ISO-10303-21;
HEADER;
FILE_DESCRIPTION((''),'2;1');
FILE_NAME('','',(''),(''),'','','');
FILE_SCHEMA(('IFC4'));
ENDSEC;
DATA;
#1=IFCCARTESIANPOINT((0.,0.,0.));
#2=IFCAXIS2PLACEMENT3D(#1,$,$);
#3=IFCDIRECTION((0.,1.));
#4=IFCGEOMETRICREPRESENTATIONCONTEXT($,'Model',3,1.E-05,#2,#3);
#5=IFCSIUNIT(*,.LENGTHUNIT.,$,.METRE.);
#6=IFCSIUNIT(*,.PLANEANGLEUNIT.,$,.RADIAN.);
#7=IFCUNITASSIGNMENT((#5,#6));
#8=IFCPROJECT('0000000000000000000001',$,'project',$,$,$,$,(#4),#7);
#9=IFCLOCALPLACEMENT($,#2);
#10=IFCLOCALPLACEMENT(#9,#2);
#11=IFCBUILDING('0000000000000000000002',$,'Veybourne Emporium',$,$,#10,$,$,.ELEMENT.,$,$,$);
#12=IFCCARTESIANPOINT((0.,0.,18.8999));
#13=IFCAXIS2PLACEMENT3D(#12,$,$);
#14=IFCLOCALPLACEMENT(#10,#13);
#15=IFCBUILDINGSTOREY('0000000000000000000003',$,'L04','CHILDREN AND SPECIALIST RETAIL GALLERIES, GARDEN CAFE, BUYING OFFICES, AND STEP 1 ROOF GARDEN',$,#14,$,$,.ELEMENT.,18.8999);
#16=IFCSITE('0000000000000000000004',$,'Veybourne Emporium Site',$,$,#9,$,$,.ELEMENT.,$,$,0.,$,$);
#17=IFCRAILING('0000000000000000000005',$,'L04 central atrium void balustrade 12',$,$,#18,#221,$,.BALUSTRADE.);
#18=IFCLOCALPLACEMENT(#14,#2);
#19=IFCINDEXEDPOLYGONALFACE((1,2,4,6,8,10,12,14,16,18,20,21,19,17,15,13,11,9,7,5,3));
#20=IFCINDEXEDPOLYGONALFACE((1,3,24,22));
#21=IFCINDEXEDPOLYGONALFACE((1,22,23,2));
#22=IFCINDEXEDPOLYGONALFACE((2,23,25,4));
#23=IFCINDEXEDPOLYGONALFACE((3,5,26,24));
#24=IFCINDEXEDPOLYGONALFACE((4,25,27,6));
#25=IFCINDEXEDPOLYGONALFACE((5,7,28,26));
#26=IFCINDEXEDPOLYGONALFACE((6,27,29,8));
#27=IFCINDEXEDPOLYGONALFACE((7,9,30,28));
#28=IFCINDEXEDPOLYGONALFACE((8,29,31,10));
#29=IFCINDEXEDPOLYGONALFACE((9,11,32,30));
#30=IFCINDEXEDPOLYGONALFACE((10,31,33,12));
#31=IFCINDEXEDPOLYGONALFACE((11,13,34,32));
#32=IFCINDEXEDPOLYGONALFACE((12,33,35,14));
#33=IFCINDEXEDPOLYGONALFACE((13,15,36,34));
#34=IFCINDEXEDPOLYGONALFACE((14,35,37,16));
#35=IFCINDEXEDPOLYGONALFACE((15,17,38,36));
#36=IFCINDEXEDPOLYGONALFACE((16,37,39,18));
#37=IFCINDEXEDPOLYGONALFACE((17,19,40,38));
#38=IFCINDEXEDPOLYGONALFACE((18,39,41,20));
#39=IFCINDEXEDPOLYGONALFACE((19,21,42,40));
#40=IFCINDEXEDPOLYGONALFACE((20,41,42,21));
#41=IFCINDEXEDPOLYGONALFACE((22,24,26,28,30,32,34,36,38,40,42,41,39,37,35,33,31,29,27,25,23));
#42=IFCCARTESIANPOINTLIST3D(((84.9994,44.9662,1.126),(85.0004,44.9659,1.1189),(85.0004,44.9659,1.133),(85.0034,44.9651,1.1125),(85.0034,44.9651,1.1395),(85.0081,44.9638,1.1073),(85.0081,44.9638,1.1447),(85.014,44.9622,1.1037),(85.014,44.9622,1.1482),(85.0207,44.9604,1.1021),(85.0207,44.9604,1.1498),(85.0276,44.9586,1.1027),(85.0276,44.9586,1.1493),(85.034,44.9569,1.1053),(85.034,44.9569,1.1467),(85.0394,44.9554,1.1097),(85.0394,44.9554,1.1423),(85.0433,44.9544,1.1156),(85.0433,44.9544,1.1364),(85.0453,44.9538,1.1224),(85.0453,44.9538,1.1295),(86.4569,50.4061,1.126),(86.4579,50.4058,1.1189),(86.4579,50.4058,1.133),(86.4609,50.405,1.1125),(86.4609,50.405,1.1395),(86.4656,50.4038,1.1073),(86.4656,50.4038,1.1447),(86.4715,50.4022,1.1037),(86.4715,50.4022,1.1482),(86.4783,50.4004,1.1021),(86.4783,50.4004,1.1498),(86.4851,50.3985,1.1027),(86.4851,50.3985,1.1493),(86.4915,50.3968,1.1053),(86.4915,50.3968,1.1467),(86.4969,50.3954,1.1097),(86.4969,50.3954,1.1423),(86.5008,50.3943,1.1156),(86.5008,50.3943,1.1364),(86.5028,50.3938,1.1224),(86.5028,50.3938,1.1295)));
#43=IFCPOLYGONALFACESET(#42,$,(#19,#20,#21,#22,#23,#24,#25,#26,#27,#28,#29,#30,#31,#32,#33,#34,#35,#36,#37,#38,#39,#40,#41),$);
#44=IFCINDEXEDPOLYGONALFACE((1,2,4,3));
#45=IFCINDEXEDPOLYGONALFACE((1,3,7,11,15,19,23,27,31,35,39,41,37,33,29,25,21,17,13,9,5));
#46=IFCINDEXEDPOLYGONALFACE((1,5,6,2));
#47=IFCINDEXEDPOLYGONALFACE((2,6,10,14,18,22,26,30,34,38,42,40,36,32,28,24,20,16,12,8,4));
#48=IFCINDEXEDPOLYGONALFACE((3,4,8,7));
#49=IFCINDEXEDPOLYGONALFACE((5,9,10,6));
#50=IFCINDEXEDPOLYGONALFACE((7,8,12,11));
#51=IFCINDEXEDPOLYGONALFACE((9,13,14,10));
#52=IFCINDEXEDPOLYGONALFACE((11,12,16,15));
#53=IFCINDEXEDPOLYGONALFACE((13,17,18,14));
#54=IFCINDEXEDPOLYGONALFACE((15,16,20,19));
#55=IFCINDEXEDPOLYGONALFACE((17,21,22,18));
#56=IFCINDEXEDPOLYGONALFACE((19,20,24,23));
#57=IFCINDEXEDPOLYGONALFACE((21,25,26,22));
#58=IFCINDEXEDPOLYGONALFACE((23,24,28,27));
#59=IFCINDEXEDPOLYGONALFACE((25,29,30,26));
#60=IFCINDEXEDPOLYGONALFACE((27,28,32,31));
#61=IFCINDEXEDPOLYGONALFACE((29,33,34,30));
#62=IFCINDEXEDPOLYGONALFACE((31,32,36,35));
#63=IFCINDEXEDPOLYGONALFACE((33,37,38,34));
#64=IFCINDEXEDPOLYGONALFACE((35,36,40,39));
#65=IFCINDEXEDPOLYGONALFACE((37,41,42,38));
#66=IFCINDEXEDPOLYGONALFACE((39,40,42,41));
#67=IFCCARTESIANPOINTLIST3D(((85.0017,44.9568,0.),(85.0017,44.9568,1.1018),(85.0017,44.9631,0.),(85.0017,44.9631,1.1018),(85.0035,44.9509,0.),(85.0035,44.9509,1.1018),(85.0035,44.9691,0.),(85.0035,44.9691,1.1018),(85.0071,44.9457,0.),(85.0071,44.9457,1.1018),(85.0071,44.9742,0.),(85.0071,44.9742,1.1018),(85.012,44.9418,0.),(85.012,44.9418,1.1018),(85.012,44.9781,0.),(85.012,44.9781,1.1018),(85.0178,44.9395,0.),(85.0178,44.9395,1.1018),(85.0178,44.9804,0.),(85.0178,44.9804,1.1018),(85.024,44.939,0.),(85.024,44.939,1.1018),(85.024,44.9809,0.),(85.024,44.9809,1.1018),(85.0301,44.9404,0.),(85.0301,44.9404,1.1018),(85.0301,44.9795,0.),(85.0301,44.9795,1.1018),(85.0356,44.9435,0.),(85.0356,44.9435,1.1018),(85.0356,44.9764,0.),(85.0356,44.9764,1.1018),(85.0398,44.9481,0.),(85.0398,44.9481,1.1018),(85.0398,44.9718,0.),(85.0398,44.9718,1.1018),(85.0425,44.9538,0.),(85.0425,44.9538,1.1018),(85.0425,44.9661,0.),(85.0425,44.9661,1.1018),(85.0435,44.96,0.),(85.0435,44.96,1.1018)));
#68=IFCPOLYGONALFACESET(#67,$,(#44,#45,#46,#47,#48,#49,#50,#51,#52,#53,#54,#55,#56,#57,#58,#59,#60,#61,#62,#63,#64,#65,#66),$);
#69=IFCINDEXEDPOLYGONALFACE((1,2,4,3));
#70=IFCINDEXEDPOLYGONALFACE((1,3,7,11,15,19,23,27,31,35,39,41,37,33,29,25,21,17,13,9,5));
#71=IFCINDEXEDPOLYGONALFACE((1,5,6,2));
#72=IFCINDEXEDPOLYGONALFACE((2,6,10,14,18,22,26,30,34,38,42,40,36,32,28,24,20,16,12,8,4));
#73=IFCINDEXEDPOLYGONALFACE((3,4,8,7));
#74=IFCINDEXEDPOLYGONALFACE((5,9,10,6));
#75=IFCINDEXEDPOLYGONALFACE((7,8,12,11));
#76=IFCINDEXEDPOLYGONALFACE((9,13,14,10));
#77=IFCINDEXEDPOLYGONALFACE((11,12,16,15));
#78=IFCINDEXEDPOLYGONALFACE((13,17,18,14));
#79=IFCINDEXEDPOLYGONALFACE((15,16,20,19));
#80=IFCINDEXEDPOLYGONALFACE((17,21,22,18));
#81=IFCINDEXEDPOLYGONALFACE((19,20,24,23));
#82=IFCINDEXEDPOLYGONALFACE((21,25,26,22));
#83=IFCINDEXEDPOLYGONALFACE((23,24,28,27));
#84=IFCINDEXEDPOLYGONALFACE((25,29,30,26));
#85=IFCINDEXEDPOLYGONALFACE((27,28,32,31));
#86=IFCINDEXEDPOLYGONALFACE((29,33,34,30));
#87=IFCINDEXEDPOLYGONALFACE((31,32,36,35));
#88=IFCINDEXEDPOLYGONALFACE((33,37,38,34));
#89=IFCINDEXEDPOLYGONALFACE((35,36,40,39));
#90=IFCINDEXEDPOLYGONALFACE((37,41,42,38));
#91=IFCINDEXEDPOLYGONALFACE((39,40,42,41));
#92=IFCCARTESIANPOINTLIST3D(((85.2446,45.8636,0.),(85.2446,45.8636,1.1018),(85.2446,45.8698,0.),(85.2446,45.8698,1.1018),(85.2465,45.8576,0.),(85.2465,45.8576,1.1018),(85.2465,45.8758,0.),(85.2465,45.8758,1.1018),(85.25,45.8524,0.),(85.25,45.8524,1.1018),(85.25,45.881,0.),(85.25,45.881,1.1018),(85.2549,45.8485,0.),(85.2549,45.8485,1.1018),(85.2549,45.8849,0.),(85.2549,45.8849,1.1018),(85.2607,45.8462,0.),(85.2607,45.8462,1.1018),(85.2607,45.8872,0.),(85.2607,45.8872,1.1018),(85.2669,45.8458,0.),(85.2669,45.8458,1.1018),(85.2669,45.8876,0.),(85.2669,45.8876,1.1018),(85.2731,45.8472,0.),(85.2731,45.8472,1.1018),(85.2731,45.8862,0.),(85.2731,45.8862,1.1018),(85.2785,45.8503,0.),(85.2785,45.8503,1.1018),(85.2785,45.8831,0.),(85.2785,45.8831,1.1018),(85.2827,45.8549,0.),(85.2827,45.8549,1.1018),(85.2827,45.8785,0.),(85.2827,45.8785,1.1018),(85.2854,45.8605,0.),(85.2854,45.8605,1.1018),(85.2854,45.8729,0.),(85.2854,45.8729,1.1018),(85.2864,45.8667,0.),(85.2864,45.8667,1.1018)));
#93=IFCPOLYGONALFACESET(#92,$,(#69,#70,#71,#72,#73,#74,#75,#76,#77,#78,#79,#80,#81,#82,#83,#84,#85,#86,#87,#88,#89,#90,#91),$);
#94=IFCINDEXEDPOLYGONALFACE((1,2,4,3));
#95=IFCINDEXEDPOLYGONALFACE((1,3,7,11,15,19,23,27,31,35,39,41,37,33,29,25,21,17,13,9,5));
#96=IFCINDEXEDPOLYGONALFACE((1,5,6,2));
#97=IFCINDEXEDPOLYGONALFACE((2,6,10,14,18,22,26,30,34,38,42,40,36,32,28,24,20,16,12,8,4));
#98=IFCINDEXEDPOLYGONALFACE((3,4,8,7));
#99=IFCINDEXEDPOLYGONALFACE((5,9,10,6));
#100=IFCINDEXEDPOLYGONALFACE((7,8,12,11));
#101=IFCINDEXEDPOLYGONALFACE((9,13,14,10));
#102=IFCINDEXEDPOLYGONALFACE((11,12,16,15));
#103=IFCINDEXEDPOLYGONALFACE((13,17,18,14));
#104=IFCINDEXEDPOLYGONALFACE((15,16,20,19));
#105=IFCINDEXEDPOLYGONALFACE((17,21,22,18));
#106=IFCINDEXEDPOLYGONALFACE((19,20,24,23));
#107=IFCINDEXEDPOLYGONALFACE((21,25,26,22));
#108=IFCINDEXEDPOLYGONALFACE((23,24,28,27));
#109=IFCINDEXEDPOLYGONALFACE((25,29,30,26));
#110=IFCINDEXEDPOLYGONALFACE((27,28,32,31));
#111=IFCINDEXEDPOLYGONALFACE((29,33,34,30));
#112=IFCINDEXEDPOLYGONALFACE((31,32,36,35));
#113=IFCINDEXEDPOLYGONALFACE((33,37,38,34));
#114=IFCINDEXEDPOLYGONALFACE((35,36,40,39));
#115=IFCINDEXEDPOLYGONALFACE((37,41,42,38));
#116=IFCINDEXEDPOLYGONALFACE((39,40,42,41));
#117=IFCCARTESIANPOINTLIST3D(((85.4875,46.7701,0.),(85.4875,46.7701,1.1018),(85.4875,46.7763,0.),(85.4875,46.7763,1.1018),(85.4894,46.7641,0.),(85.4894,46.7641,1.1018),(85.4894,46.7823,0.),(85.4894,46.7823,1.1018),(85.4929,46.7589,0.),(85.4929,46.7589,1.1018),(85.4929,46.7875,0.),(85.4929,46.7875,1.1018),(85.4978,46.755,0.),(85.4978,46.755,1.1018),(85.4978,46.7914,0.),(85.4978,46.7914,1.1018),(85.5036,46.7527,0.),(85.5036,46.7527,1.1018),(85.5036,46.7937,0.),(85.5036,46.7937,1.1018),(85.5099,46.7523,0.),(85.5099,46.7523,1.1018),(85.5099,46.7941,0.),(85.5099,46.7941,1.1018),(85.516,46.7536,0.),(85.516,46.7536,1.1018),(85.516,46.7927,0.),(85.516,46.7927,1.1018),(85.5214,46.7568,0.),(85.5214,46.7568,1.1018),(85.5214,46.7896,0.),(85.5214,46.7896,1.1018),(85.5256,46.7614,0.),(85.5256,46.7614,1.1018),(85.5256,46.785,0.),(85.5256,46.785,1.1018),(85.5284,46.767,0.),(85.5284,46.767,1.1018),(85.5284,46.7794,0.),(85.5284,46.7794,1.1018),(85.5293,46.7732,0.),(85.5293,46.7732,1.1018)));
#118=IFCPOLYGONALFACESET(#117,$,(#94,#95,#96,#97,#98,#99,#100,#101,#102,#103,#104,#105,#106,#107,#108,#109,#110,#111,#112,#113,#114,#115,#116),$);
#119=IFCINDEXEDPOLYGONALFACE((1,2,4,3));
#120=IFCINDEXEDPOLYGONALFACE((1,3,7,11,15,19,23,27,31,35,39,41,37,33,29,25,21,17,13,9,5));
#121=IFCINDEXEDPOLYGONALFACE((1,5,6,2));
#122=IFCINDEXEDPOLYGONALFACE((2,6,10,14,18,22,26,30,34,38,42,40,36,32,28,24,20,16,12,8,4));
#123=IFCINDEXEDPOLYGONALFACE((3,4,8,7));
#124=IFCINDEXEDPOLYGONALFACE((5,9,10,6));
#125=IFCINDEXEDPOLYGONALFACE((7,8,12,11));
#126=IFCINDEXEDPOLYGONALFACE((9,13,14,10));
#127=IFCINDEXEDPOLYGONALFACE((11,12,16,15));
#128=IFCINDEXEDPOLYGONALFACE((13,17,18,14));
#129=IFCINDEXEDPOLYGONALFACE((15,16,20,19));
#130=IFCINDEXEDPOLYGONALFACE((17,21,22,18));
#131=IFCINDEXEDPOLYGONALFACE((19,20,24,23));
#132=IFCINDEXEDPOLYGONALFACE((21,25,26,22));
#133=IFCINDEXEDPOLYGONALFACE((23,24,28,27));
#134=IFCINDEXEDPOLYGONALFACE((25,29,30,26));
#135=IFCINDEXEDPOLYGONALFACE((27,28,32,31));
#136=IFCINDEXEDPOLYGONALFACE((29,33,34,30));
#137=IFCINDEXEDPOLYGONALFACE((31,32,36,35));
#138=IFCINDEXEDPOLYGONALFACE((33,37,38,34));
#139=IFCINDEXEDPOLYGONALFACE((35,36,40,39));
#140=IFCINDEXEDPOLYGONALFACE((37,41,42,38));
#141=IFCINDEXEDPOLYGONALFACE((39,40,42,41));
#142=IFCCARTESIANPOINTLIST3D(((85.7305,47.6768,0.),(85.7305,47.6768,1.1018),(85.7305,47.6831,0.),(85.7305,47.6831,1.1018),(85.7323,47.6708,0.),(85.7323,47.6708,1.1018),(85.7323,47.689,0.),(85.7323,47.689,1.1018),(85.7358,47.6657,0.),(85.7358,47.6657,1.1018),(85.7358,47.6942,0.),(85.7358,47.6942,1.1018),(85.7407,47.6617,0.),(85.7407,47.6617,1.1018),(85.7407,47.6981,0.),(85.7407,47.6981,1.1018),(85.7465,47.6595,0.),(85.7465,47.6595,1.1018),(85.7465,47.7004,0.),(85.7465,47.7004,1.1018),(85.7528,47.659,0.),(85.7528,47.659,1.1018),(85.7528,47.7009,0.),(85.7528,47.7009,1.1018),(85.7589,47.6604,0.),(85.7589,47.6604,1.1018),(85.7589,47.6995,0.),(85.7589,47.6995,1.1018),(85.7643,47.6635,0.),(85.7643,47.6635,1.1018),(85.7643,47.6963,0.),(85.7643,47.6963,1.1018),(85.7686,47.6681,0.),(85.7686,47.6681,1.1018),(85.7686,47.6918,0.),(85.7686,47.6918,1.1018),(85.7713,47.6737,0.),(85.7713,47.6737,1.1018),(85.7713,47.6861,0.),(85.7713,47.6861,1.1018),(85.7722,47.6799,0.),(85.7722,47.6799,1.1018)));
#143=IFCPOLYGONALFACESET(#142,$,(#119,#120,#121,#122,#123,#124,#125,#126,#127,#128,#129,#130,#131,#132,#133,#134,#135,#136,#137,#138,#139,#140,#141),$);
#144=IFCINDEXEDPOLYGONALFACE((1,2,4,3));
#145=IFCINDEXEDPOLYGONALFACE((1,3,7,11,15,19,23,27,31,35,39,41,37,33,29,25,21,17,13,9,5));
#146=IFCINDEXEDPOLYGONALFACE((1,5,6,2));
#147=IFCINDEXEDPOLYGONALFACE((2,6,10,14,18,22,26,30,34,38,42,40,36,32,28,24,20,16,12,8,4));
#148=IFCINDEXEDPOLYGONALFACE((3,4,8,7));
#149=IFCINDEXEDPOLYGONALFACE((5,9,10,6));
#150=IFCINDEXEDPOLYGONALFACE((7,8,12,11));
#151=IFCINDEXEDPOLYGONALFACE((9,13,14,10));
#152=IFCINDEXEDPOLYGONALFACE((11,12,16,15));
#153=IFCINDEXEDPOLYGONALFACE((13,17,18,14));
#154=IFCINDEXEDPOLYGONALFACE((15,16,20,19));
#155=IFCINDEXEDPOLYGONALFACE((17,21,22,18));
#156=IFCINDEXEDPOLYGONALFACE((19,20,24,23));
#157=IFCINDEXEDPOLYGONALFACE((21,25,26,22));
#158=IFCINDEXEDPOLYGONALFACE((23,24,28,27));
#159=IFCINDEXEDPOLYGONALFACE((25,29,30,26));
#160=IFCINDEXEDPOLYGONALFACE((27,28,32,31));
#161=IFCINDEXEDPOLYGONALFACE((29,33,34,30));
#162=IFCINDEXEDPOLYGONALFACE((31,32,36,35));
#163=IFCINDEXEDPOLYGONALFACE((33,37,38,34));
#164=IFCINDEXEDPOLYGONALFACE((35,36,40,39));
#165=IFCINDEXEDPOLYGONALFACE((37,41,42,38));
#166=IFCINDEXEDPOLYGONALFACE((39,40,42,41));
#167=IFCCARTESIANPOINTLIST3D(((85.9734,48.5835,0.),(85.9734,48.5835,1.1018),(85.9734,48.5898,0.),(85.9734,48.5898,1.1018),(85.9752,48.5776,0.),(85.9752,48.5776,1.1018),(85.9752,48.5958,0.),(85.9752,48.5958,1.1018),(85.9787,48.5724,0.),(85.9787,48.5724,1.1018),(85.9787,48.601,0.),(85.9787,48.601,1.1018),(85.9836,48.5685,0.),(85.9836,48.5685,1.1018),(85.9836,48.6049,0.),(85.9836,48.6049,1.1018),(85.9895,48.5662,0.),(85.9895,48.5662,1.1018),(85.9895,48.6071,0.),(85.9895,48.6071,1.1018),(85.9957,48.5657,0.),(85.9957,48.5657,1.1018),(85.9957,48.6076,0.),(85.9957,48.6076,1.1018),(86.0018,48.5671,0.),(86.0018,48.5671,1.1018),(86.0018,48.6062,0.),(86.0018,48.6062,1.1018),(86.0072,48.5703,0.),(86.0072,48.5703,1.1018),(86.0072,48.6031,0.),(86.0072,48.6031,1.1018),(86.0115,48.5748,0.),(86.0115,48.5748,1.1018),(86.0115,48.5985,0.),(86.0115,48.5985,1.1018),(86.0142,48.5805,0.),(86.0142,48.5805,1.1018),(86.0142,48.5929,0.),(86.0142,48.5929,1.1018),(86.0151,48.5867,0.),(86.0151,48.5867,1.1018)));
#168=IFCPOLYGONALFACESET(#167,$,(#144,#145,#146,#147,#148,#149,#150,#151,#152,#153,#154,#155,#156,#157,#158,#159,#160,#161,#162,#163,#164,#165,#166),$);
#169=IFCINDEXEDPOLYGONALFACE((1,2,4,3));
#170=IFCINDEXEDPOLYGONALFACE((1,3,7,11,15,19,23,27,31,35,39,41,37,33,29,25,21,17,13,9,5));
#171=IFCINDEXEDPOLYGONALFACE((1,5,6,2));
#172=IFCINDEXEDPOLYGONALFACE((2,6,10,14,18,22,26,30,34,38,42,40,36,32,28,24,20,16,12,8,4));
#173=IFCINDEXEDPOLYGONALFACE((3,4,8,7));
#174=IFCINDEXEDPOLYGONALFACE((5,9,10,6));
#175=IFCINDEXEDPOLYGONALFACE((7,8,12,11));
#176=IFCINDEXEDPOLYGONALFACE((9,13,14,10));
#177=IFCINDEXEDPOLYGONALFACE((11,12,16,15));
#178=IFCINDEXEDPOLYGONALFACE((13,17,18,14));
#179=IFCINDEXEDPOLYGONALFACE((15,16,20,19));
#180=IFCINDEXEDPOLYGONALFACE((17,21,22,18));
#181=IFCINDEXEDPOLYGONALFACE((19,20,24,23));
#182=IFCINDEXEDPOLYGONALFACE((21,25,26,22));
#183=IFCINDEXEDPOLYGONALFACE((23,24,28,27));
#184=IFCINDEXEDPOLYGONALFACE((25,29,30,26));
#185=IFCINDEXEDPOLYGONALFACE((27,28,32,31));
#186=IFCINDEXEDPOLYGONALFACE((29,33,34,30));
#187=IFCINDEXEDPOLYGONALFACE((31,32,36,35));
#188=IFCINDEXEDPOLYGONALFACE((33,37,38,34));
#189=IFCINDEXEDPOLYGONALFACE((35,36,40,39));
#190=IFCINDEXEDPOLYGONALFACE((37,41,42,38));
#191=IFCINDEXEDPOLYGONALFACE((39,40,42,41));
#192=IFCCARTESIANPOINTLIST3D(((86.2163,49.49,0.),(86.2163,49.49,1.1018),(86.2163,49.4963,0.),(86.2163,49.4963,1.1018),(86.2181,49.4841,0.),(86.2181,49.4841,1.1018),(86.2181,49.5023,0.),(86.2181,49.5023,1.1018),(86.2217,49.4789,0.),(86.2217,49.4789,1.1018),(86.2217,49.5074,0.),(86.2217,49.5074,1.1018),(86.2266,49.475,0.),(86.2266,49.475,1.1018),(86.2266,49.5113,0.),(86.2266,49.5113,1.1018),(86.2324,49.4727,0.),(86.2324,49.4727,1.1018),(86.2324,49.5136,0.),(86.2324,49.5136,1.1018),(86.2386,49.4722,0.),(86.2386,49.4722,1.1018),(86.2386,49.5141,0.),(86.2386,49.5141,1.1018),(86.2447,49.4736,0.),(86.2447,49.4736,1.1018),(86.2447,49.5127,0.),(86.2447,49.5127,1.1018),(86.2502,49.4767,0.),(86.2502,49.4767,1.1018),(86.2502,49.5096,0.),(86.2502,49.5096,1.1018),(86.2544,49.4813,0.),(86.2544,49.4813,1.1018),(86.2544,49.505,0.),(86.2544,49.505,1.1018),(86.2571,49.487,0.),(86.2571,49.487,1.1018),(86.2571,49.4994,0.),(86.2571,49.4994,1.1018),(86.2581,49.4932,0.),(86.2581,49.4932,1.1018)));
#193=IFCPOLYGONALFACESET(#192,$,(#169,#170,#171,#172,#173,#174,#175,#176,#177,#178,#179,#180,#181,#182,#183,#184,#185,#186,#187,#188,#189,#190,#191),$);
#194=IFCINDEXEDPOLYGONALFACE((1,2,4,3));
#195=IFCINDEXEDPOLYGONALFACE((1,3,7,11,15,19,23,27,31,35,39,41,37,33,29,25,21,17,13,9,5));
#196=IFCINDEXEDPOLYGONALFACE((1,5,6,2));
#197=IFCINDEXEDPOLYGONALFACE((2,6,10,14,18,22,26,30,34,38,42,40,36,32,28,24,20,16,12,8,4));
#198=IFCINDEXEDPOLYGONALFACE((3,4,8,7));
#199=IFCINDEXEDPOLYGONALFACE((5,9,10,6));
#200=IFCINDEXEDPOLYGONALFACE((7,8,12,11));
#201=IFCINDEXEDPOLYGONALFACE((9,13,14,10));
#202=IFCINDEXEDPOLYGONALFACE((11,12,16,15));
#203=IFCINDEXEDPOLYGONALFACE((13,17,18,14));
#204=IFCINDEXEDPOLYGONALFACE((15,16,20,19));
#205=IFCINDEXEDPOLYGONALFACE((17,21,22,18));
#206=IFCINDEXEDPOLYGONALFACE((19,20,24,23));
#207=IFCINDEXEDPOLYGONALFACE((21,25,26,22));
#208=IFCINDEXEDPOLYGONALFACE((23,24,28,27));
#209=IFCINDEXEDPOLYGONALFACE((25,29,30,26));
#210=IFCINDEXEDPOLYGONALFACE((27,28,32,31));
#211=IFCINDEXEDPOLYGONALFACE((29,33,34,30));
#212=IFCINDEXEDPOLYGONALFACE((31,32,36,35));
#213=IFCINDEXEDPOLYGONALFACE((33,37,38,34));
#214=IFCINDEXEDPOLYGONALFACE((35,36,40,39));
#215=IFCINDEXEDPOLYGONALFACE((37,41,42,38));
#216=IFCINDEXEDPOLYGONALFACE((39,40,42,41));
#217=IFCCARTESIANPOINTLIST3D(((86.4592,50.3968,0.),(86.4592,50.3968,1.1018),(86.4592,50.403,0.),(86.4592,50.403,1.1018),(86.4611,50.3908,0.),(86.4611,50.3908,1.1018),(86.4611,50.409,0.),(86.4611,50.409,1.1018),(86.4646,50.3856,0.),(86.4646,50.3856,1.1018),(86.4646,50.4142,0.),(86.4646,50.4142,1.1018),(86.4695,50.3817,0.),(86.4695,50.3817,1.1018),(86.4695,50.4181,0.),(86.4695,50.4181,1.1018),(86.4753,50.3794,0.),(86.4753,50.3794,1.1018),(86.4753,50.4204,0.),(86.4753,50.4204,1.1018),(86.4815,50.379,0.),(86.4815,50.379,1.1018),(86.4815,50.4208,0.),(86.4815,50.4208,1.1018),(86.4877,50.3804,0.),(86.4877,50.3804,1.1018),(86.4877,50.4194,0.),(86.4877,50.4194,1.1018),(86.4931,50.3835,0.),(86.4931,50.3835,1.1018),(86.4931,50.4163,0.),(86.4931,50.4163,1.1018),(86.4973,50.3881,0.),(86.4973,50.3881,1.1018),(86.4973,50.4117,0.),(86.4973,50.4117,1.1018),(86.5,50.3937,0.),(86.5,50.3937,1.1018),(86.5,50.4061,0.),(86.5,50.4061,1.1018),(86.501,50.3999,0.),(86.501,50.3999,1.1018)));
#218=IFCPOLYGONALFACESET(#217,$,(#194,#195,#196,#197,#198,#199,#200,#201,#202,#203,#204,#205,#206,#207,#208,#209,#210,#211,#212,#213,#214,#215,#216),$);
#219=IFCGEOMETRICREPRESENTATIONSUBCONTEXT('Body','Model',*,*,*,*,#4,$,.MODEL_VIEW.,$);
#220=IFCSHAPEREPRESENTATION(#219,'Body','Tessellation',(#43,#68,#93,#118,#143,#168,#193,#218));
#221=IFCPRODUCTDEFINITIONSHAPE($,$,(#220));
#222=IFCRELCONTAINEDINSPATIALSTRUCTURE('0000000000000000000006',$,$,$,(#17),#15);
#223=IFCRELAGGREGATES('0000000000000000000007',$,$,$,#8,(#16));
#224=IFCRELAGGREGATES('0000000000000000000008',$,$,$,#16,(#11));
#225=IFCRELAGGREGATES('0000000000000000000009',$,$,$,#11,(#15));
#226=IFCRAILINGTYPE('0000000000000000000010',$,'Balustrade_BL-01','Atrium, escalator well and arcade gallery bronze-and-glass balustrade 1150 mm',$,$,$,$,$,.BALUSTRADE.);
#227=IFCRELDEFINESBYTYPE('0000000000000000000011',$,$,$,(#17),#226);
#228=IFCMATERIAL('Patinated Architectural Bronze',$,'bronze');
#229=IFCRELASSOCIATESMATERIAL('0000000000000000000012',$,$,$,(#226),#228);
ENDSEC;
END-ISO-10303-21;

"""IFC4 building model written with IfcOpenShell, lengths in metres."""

from ifc_helpers import new_model, si_unit, direction, frame, origin, origin_2d, place, context, subcontext, project, spatial, circle, extrude, material, type_object, element, save


model = new_model("IFC4")

# Units and contexts
model_context = context("Model", 3, precision=1e-05, world=origin(), true_north=direction((0.0, 1.0)))
body_context = subcontext(model_context, "Body", "Model", "MODEL_VIEW")
ifc_project = project(units=[si_unit("LENGTHUNIT", "METRE"), si_unit("PLANEANGLEUNIT", "RADIAN")], contexts=[model_context])

# Site, building, storey
site_placement = place(None, origin())
site = spatial("IfcSite", under=ifc_project, at=site_placement, Name="Veybourne Emporium Site", CompositionType="ELEMENT", RefElevation=0.0)
building_placement = place(site_placement, origin())
building = spatial("IfcBuilding", under=site, at=building_placement, Name="Veybourne Emporium", CompositionType="ELEMENT")
storey_placement = place(building_placement, frame((0.0, 0.0, 18.8999)))
storey = spatial("IfcBuildingStorey", under=building, at=storey_placement, Name="L04", Description="CHILDREN AND SPECIALIST RETAIL GALLERIES, GARDEN CAFE, BUYING OFFICES, AND STEP 1 ROOF GARDEN", CompositionType="ELEMENT", Elevation=18.8999)

# Shared definitions
ifc_material_1 = material(Name="Patinated Architectural Bronze", Category="bronze")

# Railing
railing_type = type_object("IfcRailingType", Name="Balustrade_BL-01", Description="Atrium, escalator well and arcade gallery bronze-and-glass balustrade 1150 mm", PredefinedType="BALUSTRADE", material=ifc_material_1)
railing_1_placement = place(storey_placement, frame((85.0225, 44.96, 0.0)))
element("IfcRailing", 1, at=railing_1_placement, inside=storey, type_object=railing_type, Name="L04 central atrium void balustrade 12", PredefinedType="BALUSTRADE", context=body_context, shape_type="SweptSolid", body=[
    extrude(circle(Radius=0.0239, at=origin_2d()), frame((0.0, 0.0, 1.126), z_axis=(0.258801, 0.965931, 0.0), x_axis=(-0.965931, 0.258801, 0.0)), (0.0, 0.0, 1.0), 5.6318),
    extrude(circle(Radius=0.021, at=origin_2d()), origin(), (0.0, 0.0, 1.0), 1.1018),
    extrude(circle(Radius=0.021, at=origin_2d()), frame((0.2429, 0.9067, 0.0)), (0.0, 0.0, 1.0), 1.1018),
    extrude(circle(Radius=0.021, at=origin_2d()), frame((0.4858, 1.8132, 0.0)), (0.0, 0.0, 1.0), 1.1018),
    extrude(circle(Radius=0.021, at=origin_2d()), frame((0.7288, 2.72, 0.0)), (0.0, 0.0, 1.0), 1.1018),
    extrude(circle(Radius=0.021, at=origin_2d()), frame((0.9717, 3.6267, 0.0)), (0.0, 0.0, 1.0), 1.1018),
    extrude(circle(Radius=0.021, at=origin_2d()), frame((1.2146, 4.5332, 0.0)), (0.0, 0.0, 1.0), 1.1018),
    extrude(circle(Radius=0.021, at=origin_2d()), frame((1.4575, 5.4399, 0.0)), (0.0, 0.0, 1.0), 1.1018),
])

save(model, "model.ifc")
